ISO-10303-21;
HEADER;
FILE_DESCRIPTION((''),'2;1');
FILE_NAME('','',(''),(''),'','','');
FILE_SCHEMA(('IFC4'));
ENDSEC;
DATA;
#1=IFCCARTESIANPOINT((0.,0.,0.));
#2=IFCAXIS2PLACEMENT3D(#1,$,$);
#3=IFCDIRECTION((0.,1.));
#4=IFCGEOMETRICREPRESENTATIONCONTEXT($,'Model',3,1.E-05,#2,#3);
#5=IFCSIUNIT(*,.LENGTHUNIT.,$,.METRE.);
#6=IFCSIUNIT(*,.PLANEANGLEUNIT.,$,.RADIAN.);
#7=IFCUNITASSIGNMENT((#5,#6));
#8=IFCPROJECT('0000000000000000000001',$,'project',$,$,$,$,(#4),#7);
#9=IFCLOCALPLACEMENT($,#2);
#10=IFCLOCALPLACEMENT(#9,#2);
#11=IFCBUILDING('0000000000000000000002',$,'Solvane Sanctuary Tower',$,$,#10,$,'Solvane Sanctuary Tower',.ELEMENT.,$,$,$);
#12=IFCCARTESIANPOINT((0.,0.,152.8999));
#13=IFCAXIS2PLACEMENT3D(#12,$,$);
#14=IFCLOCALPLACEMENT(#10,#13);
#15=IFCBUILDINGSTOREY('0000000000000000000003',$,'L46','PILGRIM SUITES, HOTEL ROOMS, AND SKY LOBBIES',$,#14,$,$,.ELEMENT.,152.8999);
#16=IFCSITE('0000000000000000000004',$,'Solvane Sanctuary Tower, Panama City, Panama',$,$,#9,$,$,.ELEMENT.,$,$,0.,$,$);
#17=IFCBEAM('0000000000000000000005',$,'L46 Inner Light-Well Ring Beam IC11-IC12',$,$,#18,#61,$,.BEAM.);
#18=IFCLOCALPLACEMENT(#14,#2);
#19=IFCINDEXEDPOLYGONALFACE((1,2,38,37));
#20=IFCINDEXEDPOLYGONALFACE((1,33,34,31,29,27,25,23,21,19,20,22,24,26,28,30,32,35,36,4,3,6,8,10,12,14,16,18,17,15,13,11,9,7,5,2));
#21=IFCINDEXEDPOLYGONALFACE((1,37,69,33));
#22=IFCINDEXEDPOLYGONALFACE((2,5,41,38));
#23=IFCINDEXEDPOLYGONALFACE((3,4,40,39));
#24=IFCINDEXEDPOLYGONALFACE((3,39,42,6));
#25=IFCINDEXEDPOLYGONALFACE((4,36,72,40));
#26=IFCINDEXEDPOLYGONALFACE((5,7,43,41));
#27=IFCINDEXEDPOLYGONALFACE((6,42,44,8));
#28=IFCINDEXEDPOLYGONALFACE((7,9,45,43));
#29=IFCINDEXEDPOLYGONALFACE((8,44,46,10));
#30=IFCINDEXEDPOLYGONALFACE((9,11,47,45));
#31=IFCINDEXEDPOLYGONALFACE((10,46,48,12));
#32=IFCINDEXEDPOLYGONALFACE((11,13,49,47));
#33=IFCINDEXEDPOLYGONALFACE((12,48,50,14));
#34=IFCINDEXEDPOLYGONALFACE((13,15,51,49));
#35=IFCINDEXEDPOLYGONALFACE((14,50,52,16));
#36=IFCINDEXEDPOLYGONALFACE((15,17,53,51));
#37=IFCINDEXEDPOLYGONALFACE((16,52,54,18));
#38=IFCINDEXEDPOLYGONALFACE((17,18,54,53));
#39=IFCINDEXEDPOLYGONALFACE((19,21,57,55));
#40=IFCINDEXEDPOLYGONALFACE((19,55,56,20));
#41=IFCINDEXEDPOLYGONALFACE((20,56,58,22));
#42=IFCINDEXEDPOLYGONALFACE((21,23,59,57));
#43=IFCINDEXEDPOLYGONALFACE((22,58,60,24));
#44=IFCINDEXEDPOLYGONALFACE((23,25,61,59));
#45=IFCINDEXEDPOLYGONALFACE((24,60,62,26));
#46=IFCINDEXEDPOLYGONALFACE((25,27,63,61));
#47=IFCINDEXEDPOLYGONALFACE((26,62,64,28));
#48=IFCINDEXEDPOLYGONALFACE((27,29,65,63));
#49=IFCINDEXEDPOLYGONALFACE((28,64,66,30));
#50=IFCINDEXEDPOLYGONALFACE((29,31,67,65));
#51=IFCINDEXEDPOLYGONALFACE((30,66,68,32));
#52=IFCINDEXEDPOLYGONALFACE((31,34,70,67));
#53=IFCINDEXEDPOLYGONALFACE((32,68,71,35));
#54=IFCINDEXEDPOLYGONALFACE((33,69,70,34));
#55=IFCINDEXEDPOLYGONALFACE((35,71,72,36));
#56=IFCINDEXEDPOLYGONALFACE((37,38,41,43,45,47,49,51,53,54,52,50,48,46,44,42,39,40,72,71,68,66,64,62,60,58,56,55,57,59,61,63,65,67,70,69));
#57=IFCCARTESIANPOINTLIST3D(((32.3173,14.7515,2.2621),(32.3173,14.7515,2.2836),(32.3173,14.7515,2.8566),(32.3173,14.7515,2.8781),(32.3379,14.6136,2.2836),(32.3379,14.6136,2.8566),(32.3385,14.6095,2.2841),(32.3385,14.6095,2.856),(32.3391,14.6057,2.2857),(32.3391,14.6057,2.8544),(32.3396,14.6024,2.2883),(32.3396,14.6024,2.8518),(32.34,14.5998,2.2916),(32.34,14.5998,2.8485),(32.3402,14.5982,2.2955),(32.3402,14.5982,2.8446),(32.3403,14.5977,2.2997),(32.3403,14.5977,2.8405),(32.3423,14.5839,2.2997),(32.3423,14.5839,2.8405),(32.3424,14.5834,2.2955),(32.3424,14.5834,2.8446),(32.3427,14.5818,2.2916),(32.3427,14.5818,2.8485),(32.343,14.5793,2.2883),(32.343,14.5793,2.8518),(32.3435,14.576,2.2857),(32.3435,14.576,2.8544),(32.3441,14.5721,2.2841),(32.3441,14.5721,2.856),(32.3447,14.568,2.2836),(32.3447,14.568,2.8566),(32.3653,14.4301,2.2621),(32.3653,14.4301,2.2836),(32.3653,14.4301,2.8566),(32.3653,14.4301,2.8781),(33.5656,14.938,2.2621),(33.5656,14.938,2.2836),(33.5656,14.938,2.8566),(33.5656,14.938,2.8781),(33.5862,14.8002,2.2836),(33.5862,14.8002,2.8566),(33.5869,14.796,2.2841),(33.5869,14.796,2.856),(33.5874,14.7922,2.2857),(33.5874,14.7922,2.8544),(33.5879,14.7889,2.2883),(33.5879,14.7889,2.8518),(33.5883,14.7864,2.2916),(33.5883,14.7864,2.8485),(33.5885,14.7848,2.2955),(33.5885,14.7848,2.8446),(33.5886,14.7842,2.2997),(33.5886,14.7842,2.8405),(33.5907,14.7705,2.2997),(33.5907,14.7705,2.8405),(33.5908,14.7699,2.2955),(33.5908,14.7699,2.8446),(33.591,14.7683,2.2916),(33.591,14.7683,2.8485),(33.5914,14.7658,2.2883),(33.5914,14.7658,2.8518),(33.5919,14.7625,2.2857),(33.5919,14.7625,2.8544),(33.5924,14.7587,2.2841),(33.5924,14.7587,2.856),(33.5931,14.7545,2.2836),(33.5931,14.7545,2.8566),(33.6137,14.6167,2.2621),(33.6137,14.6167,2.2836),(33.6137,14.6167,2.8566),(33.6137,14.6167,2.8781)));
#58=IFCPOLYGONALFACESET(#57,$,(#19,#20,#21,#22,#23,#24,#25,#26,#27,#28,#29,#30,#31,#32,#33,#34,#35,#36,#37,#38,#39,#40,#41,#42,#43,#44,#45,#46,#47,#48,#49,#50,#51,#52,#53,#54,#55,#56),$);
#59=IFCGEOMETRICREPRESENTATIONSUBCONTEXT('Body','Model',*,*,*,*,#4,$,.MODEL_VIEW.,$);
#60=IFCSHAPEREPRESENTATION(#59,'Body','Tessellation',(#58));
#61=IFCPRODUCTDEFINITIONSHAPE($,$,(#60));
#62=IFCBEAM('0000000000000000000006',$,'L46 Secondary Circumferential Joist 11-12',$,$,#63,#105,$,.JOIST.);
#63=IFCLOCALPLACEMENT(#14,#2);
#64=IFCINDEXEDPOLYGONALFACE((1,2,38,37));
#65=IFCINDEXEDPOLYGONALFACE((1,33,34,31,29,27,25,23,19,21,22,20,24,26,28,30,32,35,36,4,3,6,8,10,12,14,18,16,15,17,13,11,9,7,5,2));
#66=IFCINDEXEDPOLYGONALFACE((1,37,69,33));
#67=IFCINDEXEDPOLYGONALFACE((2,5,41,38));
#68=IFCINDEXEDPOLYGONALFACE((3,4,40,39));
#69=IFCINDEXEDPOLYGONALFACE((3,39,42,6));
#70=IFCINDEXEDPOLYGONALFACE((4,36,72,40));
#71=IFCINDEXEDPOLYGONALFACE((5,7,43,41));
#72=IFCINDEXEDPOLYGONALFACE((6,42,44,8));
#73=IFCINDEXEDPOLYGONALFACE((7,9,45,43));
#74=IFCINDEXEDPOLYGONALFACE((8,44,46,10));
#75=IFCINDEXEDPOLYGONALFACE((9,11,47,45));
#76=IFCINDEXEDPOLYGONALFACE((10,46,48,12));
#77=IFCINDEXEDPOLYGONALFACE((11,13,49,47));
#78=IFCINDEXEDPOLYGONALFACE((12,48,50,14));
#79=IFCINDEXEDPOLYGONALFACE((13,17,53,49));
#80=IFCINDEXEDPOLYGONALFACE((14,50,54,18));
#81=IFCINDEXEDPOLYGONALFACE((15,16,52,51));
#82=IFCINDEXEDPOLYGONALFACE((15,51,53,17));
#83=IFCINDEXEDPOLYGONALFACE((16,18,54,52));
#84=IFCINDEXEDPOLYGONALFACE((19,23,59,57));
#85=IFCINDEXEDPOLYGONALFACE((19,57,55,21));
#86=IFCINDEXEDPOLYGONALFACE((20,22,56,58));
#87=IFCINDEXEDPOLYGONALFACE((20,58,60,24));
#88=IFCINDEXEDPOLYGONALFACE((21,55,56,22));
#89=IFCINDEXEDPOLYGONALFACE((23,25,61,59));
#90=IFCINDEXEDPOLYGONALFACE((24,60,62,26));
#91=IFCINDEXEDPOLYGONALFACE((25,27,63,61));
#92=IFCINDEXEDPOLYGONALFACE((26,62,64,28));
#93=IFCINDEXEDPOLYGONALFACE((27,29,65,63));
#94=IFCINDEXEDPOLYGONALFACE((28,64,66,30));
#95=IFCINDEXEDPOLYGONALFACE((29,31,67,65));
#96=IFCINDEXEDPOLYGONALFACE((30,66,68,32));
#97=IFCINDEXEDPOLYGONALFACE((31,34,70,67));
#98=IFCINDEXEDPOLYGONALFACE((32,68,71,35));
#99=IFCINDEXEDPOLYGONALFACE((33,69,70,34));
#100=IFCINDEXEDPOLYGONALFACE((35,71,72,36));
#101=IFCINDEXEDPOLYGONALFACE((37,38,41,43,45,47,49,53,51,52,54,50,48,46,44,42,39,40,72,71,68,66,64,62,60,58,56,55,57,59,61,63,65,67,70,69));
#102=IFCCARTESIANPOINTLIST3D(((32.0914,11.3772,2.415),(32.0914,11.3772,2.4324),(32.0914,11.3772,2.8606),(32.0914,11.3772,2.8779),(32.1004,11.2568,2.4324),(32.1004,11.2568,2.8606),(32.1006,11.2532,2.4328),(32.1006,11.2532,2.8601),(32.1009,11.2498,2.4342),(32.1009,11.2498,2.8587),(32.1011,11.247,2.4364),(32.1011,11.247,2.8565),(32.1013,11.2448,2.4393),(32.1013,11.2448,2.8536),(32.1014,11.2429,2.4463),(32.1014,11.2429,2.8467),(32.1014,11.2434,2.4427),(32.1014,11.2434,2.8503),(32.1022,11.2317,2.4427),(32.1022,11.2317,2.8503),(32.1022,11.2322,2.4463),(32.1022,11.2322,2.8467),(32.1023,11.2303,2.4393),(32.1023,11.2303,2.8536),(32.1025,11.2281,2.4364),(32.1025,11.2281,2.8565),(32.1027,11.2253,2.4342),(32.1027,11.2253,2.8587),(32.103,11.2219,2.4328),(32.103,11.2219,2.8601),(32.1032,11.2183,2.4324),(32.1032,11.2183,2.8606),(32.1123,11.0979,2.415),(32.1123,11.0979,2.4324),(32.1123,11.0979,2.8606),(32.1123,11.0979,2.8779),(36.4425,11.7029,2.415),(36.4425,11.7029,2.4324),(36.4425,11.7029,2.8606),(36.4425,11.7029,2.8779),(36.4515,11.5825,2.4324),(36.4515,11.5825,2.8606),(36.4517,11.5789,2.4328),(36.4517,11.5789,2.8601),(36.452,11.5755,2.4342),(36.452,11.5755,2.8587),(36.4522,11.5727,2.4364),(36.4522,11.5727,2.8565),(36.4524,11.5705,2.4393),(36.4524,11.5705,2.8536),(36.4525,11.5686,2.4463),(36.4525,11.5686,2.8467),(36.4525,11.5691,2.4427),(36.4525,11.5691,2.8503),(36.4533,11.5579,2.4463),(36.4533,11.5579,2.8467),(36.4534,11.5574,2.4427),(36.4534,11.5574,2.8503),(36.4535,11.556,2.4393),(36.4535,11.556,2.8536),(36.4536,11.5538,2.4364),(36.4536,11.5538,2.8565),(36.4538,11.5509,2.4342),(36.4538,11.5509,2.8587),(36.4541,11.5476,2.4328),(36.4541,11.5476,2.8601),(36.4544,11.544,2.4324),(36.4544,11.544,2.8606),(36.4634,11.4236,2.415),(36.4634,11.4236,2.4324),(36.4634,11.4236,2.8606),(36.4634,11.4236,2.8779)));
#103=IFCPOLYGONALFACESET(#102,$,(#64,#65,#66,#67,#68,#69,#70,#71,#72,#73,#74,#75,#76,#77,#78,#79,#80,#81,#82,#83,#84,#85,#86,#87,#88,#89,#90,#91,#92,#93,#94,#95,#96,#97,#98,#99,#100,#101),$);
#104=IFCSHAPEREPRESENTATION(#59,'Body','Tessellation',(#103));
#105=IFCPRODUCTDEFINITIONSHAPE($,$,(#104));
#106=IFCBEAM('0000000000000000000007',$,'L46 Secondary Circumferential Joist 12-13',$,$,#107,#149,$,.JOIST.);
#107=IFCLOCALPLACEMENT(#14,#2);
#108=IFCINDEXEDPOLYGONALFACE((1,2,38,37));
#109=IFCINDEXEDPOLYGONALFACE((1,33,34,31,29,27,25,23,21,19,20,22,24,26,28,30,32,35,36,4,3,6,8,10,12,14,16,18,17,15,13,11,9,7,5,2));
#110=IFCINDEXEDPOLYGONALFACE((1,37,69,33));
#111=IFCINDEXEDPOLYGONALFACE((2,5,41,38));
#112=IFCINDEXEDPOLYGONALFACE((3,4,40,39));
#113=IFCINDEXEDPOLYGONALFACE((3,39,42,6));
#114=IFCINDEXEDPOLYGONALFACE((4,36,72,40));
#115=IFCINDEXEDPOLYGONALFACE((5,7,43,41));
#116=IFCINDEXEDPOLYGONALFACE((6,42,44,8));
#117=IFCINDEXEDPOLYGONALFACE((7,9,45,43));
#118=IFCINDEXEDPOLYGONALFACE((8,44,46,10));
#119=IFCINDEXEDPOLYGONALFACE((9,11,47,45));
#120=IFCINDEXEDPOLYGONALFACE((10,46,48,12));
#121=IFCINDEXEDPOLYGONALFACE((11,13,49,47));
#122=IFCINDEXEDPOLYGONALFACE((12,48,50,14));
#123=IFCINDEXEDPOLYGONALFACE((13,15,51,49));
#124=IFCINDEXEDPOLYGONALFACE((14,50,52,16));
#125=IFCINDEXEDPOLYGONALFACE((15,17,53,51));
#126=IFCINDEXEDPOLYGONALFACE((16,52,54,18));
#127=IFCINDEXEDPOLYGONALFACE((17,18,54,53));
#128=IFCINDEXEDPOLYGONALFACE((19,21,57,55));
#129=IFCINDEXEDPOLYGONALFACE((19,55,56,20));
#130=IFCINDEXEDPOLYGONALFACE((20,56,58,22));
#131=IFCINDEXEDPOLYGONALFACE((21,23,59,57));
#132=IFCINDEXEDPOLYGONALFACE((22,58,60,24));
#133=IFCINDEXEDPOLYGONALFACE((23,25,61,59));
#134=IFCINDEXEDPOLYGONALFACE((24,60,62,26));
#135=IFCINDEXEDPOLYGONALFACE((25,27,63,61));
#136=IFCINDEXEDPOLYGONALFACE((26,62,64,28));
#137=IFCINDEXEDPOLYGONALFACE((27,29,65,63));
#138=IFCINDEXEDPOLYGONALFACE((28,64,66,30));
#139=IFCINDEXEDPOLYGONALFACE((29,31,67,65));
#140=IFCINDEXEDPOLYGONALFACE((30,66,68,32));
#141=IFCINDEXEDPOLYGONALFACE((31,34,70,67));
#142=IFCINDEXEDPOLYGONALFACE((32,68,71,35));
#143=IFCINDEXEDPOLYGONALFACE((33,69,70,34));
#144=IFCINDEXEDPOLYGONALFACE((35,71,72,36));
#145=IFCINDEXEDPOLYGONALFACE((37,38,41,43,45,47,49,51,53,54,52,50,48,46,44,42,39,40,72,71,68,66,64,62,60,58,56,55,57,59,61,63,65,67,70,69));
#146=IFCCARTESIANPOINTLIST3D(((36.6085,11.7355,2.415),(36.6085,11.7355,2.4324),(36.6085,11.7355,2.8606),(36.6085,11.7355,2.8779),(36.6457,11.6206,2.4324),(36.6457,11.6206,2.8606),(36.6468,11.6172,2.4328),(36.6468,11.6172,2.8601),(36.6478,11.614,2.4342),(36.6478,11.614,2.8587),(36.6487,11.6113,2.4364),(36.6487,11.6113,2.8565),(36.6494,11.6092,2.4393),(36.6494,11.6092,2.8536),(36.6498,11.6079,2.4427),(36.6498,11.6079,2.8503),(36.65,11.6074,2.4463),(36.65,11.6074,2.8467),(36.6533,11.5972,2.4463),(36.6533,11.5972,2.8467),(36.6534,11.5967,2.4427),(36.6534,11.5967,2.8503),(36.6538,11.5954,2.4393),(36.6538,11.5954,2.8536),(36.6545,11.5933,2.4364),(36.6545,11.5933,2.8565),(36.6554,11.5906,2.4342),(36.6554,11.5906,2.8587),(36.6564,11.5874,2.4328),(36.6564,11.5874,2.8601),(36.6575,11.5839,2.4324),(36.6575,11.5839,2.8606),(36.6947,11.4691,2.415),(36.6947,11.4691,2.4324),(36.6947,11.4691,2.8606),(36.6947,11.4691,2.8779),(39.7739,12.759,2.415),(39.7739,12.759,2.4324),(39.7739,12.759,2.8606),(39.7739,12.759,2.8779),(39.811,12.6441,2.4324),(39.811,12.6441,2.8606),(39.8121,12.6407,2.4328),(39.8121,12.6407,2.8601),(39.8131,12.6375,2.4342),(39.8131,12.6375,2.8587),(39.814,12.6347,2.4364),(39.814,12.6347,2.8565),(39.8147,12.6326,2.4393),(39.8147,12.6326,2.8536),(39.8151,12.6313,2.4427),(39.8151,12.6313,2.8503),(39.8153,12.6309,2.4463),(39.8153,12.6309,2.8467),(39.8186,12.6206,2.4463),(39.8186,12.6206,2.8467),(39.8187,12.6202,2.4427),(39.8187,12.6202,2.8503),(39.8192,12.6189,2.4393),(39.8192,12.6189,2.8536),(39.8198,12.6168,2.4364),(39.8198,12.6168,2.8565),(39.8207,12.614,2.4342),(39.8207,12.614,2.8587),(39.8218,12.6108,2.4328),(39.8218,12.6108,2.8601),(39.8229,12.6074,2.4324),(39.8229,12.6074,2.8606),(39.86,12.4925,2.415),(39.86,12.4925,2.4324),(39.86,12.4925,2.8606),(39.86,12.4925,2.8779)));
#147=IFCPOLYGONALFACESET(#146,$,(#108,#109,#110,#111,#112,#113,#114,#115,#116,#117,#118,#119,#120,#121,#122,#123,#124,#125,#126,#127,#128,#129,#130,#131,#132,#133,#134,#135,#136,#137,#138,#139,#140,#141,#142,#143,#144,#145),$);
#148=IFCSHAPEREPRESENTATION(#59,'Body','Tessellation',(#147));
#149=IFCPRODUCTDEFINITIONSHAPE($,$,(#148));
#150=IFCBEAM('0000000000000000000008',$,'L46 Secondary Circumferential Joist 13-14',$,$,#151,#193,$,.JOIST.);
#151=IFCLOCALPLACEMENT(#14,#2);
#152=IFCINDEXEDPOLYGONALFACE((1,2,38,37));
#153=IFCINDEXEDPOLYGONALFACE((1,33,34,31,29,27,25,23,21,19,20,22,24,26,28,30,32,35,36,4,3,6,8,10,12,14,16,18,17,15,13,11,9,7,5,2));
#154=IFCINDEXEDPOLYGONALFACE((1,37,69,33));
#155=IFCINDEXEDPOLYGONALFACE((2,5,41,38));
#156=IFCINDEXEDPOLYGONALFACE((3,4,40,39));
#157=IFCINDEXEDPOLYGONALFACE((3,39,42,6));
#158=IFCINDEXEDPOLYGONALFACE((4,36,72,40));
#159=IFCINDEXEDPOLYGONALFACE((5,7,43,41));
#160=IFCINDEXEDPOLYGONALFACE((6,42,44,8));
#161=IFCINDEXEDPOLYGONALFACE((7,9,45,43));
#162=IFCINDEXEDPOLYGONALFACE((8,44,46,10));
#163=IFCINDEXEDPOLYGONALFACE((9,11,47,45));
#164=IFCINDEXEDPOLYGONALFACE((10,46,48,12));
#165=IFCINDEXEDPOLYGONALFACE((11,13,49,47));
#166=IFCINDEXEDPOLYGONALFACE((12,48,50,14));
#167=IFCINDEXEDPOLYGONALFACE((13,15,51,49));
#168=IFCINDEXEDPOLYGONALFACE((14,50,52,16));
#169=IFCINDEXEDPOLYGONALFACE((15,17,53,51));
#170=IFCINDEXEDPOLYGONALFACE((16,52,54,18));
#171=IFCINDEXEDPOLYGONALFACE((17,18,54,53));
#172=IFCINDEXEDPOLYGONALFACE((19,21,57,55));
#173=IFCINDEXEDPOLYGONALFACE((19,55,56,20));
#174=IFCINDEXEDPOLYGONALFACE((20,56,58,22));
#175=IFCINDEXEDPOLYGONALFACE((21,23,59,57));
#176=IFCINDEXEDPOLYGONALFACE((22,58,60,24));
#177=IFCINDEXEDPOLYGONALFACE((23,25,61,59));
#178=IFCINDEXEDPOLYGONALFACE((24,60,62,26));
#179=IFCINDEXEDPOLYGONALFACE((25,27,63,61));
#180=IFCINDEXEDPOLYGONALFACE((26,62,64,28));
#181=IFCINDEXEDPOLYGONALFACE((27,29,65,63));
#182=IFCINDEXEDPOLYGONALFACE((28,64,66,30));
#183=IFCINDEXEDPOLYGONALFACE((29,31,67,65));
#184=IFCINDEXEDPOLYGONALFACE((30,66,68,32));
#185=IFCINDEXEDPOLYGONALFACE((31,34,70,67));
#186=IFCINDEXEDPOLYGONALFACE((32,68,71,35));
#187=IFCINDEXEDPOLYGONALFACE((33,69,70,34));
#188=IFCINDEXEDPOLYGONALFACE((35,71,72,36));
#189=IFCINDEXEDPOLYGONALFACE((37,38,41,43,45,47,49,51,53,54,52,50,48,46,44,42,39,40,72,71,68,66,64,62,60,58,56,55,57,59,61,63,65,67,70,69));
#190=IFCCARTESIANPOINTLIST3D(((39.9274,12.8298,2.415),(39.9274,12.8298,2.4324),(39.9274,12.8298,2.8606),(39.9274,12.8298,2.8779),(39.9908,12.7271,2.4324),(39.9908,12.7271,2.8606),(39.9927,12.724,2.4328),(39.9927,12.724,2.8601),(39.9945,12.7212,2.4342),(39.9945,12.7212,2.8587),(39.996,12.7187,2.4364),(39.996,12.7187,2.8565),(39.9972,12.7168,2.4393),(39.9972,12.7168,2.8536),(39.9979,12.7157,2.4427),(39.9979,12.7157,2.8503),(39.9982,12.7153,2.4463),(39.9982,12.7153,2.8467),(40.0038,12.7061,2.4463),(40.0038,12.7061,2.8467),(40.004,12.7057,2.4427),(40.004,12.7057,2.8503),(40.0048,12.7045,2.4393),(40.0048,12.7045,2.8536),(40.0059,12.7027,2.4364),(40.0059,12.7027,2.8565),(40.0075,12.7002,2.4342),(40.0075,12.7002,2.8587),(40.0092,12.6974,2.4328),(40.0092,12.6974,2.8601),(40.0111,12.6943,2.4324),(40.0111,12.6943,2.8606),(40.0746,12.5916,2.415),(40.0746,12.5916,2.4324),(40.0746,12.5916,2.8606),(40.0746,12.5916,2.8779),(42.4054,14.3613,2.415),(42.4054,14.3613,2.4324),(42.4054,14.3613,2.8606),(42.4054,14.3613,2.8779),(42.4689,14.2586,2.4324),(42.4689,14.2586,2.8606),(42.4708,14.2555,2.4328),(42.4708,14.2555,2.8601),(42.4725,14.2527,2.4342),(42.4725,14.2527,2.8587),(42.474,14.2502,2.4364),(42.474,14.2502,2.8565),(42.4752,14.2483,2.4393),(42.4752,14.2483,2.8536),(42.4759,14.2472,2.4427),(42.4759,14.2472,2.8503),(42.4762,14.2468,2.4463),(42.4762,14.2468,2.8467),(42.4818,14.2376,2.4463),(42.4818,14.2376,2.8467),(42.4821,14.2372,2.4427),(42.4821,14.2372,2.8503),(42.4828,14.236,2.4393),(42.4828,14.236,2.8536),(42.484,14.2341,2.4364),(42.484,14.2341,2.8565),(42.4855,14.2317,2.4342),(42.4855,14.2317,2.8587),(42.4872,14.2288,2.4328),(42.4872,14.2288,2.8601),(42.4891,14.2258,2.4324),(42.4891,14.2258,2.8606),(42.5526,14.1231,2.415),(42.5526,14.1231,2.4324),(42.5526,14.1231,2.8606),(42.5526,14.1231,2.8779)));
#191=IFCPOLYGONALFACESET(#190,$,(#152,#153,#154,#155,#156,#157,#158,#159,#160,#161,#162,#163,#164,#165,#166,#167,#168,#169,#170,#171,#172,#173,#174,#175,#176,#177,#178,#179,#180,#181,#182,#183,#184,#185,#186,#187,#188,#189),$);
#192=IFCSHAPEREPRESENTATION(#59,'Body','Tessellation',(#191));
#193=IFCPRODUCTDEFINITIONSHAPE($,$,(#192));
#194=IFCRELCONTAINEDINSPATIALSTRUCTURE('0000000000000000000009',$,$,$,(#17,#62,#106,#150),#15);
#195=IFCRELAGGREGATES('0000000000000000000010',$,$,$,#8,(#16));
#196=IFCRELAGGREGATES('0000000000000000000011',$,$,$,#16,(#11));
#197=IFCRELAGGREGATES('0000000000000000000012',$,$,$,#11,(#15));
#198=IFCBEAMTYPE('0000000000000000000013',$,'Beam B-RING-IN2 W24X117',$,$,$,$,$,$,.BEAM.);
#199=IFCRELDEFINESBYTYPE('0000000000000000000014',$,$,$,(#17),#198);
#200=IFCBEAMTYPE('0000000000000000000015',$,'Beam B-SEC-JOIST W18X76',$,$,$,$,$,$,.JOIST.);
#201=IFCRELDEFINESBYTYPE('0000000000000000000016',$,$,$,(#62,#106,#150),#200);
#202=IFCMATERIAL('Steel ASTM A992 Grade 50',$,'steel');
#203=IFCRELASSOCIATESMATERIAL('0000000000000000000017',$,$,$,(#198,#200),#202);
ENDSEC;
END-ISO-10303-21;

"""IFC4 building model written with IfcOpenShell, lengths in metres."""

from ifc_helpers import new_model, si_unit, direction, frame, origin, origin_2d, place, context, subcontext, project, spatial, i_section, extrude, material, material_profile, profile_set, type_object, element, save


model = new_model("IFC4")

# Units and contexts
model_context = context("Model", 3, precision=1e-05, world=origin(), true_north=direction((0.0, 1.0)))
body_context = subcontext(model_context, "Body", "Model", "MODEL_VIEW")
ifc_project = project(units=[si_unit("LENGTHUNIT", "METRE"), si_unit("PLANEANGLEUNIT", "RADIAN")], contexts=[model_context])

# Site, building, storey
site_placement = place(None, origin())
site = spatial("IfcSite", under=ifc_project, at=site_placement, Name="Solvane Sanctuary Tower, Panama City, Panama", CompositionType="ELEMENT", RefElevation=0.0)
building_placement = place(site_placement, origin())
building = spatial("IfcBuilding", under=site, at=building_placement, Name="Solvane Sanctuary Tower", LongName="Solvane Sanctuary Tower", CompositionType="ELEMENT")
storey_placement = place(building_placement, frame((0.0, 0.0, 152.8999)))
storey = spatial("IfcBuildingStorey", under=building, at=storey_placement, Name="L46", Description="PILGRIM SUITES, HOTEL ROOMS, AND SKY LOBBIES", CompositionType="ELEMENT", Elevation=152.8999)

# Beams
ifc_material_1 = material(Name="Steel ASTM A992 Grade 50", Category="steel")
ifc_material_profile_1 = material_profile(ifc_material_1, i_section(OverallWidth=0.325, OverallDepth=0.616, WebThickness=0.0139, FlangeThickness=0.0215, FilletRadius=0.0161, at=origin_2d()), Name="W24X117")
ifc_profile_set_1 = profile_set([ifc_material_profile_1], Name="Steel ASTM A992 Grade 50")
beam_type_1 = type_object("IfcBeamType", Name="Beam B-RING-IN2 W24X117", PredefinedType="BEAM", material=ifc_profile_set_1)
beam_1_placement = place(storey_placement, frame((32.3413, 14.5908, 2.5701), z_axis=(0.98902, 0.147782, 0.0), x_axis=(-0.147782, 0.98902, 0.0)))
element("IfcBeam", 1, at=beam_1_placement, inside=storey, type_object=beam_type_1, Name="L46 Inner Light-Well Ring Beam IC11-IC12", PredefinedType="BEAM", context=body_context, shape_type="SweptSolid", body=[
    extrude(i_section(OverallWidth=0.325, OverallDepth=0.616, WebThickness=0.0139, FlangeThickness=0.0215, FilletRadius=0.0161, at=origin_2d()), origin(), (0.0, 0.0, 1.0), 1.2622),
])
ifc_material_profile_2 = material_profile(ifc_material_1, i_section(OverallWidth=0.28, OverallDepth=0.4629, WebThickness=0.0107, FlangeThickness=0.0173, FilletRadius=0.0139, at=origin_2d()), Name="W18X76")
ifc_profile_set_2 = profile_set([ifc_material_profile_2], Name="Steel ASTM A992 Grade 50")
beam_type_2 = type_object("IfcBeamType", Name="Beam B-SEC-JOIST W18X76", PredefinedType="JOIST", material=ifc_profile_set_2)
beam_2_placement = place(storey_placement, frame((32.1018, 11.2375, 2.6465), z_axis=(0.99721, 0.074642, 0.0), x_axis=(-0.074642, 0.99721, 0.0)))
element("IfcBeam", 2, at=beam_2_placement, inside=storey, type_object=beam_type_2, Name="L46 Secondary Circumferential Joist 11-12", PredefinedType="JOIST", context=body_context, shape_type="SweptSolid", body=[
    extrude(i_section(OverallWidth=0.28, OverallDepth=0.4629, WebThickness=0.0107, FlangeThickness=0.0173, FilletRadius=0.0139, at=origin_2d()), origin(), (0.0, 0.0, 1.0), 4.3633),
])
beam_3_placement = place(storey_placement, frame((36.6516, 11.6023, 2.6465), z_axis=(0.9515, 0.30765, 0.0), x_axis=(-0.30765, 0.9515, 0.0)))
element("IfcBeam", 3, at=beam_3_placement, inside=storey, type_object=beam_type_2, Name="L46 Secondary Circumferential Joist 12-13", PredefinedType="JOIST", context=body_context, shape_type="SweptSolid", body=[
    extrude(i_section(OverallWidth=0.28, OverallDepth=0.4629, WebThickness=0.0107, FlangeThickness=0.0173, FilletRadius=0.0139, at=origin_2d()), origin(), (0.0, 0.0, 1.0), 3.3267),
])
beam_4_placement = place(storey_placement, frame((40.001, 12.7107, 2.6465), z_axis=(0.850652, 0.525728, 0.0), x_axis=(-0.525728, 0.850652, 0.0)))
element("IfcBeam", 4, at=beam_4_placement, inside=storey, type_object=beam_type_2, Name="L46 Secondary Circumferential Joist 13-14", PredefinedType="JOIST", context=body_context, shape_type="SweptSolid", body=[
    extrude(i_section(OverallWidth=0.28, OverallDepth=0.4629, WebThickness=0.0107, FlangeThickness=0.0173, FilletRadius=0.0139, at=origin_2d()), origin(), (0.0, 0.0, 1.0), 2.9131),
])

save(model, "model.ifc")
